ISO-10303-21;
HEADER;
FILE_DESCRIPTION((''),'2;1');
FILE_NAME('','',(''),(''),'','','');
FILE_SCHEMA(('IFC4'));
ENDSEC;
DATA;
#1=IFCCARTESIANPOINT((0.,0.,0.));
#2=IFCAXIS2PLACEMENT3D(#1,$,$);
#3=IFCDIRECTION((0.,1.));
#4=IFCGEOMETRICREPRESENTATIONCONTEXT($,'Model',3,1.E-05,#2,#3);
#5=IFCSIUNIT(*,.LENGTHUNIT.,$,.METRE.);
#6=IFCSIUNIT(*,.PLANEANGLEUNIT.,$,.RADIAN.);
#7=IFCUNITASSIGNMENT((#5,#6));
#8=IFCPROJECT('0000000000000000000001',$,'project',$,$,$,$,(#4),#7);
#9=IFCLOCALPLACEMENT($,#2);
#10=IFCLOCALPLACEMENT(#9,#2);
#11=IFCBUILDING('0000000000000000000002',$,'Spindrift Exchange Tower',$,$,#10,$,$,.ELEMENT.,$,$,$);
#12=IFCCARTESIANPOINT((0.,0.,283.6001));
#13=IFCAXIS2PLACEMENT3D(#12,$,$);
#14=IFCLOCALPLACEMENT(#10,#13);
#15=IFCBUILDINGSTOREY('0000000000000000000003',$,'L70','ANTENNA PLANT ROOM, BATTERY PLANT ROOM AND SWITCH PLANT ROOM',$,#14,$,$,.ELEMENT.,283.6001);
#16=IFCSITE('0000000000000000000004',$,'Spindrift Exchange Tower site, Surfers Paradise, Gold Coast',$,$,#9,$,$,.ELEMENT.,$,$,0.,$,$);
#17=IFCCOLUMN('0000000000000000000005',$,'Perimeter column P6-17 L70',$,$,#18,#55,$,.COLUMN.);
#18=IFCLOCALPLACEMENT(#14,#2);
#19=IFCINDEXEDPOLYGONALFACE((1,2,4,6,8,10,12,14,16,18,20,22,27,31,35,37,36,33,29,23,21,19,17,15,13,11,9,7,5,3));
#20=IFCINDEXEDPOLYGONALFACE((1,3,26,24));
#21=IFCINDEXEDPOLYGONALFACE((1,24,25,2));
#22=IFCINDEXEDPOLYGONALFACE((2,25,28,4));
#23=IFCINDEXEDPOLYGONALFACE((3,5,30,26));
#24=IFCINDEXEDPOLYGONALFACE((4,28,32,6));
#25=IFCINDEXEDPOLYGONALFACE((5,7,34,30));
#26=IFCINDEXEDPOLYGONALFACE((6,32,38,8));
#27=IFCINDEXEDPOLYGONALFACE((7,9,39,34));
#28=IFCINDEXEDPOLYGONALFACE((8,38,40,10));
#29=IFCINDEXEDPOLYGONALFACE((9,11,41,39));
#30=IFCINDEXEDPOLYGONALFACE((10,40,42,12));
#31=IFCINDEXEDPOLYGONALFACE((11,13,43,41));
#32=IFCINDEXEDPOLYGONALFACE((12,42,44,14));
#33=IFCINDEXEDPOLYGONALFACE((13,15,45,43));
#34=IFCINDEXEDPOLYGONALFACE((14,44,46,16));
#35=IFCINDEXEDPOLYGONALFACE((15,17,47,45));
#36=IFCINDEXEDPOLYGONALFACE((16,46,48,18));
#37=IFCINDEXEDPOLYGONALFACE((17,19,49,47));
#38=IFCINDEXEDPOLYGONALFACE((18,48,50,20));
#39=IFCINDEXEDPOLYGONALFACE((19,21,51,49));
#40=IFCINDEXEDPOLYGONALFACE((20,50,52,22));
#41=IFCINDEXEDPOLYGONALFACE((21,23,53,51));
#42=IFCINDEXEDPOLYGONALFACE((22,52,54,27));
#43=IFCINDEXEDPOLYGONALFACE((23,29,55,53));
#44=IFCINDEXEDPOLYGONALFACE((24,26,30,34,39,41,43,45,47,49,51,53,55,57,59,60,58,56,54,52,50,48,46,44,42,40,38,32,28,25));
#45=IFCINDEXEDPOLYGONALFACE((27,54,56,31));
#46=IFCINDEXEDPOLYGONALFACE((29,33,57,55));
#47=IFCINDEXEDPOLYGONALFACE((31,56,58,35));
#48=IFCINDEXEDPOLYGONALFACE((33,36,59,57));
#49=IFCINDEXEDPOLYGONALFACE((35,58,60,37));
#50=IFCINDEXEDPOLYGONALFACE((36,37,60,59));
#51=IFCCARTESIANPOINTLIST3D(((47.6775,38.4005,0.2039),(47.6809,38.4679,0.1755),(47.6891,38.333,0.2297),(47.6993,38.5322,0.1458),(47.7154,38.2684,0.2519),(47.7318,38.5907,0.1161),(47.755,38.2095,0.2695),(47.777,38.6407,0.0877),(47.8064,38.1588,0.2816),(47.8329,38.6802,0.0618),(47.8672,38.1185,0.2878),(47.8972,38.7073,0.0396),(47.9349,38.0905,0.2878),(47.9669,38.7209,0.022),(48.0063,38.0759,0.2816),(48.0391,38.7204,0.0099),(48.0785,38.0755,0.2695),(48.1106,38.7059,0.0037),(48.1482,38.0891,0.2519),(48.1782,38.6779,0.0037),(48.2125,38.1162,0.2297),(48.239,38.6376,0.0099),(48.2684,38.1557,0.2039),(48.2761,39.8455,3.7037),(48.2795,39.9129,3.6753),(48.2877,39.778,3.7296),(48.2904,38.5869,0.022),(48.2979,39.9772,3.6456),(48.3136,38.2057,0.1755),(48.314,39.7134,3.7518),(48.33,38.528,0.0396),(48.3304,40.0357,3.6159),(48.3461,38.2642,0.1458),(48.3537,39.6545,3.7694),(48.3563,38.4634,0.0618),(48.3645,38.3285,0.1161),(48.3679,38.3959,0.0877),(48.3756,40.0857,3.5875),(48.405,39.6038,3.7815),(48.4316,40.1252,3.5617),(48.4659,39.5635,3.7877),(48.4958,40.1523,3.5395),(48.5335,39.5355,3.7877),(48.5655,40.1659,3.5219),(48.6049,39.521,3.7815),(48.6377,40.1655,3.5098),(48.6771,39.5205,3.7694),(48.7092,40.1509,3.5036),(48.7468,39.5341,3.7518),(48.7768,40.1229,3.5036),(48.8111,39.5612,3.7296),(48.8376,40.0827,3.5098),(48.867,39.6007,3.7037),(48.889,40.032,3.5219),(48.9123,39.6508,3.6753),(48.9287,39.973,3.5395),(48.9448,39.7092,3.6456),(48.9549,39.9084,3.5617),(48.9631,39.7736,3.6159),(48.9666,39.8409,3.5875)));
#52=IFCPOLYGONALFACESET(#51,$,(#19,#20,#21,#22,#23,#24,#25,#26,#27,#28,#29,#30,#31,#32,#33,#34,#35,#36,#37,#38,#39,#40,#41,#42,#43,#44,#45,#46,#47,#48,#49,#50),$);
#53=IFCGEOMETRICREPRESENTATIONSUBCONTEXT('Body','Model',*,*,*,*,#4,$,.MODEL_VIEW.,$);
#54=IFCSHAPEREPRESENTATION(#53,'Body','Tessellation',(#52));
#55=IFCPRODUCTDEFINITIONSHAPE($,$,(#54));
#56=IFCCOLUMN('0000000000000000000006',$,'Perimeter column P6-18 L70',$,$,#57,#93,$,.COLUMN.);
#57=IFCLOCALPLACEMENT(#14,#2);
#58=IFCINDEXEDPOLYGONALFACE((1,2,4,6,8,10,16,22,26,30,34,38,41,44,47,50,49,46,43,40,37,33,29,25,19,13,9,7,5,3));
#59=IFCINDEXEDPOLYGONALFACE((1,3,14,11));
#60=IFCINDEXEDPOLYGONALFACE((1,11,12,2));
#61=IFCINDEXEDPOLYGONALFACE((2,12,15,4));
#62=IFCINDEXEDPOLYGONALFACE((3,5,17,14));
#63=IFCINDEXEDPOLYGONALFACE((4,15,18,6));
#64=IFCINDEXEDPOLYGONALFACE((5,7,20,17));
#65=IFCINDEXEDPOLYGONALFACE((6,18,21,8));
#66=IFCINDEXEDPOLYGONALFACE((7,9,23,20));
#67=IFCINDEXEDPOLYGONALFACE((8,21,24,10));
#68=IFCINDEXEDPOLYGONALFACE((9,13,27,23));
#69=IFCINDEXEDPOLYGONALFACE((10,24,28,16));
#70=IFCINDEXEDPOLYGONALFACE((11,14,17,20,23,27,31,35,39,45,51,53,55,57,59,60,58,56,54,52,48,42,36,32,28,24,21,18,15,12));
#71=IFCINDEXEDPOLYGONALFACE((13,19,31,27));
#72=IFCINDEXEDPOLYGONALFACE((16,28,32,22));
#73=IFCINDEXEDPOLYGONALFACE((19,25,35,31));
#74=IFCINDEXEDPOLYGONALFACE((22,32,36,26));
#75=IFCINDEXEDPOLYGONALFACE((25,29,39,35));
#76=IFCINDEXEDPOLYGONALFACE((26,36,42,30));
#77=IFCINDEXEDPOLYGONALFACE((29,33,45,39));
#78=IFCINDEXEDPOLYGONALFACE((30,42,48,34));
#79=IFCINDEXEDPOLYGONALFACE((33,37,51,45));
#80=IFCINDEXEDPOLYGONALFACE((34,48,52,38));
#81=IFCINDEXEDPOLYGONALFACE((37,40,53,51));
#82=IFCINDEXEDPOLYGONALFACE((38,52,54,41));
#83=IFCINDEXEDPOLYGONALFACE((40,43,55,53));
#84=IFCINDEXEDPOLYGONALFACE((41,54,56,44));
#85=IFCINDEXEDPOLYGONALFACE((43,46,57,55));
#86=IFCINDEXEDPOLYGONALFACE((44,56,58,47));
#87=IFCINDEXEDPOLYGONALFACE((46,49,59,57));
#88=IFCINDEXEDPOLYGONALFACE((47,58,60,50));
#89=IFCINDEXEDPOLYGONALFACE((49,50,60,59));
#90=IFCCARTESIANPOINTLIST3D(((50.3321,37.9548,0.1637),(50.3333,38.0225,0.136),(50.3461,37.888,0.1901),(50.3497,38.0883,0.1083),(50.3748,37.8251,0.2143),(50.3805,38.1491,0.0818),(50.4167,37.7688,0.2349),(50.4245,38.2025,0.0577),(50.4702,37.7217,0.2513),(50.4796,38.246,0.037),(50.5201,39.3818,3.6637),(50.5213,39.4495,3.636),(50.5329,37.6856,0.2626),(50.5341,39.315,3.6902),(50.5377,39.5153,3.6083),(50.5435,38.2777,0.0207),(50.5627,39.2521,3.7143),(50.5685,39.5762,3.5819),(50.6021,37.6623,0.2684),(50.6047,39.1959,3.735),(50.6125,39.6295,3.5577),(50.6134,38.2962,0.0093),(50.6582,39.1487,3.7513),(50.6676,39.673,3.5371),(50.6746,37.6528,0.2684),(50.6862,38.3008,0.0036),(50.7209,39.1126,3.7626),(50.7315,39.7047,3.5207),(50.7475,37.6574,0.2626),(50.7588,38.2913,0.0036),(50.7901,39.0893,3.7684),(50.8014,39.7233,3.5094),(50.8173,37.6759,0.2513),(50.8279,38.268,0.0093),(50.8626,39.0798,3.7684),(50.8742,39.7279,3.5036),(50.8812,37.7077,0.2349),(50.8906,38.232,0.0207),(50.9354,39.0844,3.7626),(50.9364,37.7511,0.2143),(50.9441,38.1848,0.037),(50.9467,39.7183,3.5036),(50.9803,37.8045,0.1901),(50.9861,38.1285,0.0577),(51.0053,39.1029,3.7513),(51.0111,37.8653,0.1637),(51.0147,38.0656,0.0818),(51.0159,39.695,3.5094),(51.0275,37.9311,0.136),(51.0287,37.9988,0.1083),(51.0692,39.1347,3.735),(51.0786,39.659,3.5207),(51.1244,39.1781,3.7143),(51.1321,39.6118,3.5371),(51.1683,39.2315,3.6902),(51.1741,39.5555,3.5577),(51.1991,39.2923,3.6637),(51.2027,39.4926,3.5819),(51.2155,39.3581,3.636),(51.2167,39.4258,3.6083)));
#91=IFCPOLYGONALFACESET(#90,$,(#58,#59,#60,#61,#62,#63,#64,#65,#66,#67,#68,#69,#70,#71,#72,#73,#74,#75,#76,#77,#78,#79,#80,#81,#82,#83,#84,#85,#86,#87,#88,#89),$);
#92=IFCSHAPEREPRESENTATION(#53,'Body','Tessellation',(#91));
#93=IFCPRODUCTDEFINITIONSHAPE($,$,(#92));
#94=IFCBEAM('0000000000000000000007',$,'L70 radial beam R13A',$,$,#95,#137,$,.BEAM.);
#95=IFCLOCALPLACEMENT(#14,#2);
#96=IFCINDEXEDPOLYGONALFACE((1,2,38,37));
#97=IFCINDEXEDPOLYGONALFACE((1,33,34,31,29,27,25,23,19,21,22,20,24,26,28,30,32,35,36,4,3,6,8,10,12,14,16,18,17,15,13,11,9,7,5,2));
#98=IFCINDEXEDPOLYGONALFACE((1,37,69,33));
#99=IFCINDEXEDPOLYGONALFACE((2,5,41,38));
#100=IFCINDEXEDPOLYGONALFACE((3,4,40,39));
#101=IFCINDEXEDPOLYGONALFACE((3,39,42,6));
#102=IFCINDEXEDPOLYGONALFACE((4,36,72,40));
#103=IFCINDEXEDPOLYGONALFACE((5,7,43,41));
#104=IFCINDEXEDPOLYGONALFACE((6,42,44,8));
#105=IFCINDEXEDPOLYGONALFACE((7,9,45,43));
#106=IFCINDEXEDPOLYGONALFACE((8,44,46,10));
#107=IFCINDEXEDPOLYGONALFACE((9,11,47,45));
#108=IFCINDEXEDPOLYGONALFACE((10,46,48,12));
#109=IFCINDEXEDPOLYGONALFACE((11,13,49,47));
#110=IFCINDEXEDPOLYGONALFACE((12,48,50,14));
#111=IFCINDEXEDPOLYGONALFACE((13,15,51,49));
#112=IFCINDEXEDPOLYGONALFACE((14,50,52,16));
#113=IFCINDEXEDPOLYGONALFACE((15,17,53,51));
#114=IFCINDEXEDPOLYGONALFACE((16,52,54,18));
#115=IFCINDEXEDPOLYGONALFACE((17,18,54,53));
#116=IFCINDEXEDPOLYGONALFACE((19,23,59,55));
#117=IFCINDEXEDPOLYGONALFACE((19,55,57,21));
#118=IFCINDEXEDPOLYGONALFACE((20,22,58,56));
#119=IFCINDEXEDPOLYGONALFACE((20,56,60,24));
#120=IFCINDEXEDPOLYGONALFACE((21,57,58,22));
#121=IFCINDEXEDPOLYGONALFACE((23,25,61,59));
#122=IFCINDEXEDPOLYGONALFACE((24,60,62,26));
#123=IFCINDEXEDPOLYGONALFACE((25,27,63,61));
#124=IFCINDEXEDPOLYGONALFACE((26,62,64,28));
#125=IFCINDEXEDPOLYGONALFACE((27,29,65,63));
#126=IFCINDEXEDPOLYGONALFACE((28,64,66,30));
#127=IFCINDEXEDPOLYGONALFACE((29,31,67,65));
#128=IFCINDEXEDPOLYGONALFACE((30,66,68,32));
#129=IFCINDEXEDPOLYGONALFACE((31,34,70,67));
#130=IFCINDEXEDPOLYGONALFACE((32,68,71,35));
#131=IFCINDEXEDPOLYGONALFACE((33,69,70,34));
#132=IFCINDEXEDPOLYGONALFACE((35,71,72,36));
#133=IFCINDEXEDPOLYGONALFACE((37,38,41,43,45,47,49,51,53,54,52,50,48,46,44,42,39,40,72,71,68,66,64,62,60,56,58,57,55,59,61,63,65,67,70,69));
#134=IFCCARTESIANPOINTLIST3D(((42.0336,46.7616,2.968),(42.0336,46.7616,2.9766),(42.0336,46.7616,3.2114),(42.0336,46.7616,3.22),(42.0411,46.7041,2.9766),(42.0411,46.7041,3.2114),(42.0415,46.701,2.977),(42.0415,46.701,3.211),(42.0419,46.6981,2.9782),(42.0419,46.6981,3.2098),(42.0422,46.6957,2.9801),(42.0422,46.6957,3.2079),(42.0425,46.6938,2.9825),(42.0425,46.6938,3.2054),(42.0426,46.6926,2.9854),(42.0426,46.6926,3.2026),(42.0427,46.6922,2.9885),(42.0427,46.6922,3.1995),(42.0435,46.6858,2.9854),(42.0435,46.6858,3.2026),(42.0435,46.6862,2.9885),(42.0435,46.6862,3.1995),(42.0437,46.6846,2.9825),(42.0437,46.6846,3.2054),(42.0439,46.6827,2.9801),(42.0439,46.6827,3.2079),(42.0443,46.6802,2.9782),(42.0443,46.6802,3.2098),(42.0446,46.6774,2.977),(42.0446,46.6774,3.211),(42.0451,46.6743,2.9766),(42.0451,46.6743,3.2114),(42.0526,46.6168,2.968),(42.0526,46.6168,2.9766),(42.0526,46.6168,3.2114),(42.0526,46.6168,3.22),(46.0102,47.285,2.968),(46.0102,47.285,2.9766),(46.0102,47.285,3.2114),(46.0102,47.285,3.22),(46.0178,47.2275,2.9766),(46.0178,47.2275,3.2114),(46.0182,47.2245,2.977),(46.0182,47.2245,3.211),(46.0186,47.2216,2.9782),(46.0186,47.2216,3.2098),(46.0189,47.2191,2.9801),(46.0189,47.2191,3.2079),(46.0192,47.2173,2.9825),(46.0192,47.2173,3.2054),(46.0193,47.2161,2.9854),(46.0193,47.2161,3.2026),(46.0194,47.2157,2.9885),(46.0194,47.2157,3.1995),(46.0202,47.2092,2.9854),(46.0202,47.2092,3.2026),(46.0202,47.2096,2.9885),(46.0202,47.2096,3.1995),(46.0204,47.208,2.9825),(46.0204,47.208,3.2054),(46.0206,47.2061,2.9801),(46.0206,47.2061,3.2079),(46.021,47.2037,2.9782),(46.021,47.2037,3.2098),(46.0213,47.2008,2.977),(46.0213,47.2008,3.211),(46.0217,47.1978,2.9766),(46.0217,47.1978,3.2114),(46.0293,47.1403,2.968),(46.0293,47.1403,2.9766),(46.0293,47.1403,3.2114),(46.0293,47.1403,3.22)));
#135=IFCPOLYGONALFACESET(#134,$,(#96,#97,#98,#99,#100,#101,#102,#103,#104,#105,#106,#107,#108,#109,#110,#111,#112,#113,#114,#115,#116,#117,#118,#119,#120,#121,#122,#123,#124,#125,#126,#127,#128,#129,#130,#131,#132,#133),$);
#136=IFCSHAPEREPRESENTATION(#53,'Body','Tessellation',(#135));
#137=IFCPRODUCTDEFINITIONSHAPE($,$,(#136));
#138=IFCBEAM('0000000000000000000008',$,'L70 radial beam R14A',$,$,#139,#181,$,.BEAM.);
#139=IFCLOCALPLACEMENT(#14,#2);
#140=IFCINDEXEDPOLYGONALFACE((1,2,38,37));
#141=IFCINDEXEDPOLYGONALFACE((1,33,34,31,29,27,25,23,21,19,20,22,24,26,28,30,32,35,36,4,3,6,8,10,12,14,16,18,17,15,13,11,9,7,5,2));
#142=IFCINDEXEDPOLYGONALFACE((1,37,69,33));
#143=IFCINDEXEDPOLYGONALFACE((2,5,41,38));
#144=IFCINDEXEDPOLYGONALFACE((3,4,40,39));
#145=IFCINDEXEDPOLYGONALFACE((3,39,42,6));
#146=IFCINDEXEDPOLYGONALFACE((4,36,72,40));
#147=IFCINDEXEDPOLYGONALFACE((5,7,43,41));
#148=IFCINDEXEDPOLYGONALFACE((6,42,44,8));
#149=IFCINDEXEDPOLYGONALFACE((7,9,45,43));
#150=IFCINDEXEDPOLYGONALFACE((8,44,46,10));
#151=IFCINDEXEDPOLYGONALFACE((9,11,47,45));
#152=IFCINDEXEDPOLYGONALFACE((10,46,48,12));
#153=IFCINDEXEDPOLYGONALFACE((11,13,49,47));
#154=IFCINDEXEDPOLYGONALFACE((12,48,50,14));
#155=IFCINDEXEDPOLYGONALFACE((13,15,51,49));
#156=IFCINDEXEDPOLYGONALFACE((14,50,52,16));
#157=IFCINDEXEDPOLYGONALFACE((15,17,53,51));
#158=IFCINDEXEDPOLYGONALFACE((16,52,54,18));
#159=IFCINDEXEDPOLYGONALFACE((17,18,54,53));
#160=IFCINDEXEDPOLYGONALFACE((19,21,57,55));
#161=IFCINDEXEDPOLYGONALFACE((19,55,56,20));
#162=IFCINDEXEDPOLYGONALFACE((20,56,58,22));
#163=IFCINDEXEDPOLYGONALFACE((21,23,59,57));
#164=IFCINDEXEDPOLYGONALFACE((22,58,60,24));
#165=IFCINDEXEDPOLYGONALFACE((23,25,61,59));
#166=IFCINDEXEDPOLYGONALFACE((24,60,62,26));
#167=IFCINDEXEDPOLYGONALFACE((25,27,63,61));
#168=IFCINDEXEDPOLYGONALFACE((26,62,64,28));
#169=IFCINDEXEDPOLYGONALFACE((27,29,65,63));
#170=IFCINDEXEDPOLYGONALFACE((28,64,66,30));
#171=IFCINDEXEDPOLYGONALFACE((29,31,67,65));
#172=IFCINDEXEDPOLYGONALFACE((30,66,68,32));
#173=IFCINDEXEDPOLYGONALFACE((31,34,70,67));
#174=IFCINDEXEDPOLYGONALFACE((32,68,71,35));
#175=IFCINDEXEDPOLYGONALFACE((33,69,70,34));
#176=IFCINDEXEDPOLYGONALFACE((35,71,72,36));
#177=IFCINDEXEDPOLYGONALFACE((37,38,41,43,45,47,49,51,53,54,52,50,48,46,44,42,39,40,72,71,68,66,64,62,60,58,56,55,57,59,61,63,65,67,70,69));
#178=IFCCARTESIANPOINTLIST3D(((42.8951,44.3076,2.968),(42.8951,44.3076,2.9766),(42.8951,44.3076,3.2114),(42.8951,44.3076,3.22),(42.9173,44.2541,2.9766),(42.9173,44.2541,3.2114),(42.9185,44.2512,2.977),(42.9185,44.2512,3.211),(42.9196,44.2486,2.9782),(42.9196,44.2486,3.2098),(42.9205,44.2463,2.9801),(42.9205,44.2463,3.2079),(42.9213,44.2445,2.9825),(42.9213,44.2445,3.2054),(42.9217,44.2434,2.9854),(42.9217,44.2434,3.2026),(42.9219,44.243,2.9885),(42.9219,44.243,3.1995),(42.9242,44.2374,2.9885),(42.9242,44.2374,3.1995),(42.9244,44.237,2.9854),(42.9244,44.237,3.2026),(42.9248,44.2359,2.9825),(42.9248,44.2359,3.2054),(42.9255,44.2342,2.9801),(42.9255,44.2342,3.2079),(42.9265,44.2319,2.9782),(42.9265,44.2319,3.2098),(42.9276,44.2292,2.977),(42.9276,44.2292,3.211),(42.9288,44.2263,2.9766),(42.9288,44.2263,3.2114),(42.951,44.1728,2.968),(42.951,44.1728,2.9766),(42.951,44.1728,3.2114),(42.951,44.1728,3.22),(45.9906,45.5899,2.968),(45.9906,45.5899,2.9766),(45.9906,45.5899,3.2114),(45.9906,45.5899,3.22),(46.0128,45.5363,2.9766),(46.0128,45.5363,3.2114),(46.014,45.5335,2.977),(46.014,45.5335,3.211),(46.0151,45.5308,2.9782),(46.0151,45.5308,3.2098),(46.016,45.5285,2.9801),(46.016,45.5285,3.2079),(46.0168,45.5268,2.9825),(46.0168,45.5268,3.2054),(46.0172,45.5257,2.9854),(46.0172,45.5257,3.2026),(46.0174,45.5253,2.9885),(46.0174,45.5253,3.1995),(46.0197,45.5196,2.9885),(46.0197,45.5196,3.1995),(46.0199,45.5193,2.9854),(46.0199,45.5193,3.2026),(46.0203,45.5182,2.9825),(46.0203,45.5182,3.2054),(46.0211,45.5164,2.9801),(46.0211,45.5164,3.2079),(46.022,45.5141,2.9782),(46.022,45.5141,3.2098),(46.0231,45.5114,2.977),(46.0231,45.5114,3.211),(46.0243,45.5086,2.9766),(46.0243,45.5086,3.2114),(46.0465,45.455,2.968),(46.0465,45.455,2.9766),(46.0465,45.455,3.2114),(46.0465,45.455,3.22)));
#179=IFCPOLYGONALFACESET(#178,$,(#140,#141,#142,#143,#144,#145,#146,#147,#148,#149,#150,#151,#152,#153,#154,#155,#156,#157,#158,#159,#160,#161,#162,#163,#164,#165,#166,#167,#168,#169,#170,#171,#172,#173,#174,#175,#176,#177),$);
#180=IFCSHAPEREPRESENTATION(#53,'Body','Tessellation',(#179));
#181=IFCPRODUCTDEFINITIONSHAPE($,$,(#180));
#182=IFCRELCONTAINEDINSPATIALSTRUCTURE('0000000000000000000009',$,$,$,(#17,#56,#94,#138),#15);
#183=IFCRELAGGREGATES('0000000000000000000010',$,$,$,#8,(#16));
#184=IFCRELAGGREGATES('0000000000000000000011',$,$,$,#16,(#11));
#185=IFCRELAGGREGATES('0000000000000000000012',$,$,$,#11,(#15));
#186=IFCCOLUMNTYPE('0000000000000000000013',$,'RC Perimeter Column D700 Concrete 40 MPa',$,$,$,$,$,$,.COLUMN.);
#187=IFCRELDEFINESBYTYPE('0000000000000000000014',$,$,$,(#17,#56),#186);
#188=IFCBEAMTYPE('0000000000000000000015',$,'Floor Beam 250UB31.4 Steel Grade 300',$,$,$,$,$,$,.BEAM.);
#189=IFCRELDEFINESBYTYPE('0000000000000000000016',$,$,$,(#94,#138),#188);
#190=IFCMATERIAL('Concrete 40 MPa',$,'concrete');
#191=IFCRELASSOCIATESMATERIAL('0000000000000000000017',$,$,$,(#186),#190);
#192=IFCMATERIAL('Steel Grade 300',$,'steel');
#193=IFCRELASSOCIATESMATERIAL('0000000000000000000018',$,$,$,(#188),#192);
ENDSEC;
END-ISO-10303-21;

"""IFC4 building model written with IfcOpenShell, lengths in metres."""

from ifc_helpers import new_model, si_unit, direction, frame, origin, origin_2d, place, context, subcontext, project, spatial, circle, i_section, extrude, source, transform, mapped, material, material_profile, profile_set, type_object, element, save


model = new_model("IFC4")

# Units and contexts
model_context = context("Model", 3, precision=1e-05, world=origin(), true_north=direction((0.0, 1.0)))
body_context = subcontext(model_context, "Body", "Model", "MODEL_VIEW")
ifc_project = project(units=[si_unit("LENGTHUNIT", "METRE"), si_unit("PLANEANGLEUNIT", "RADIAN")], contexts=[model_context])

# Site, building, storey
site_placement = place(None, origin())
site = spatial("IfcSite", under=ifc_project, at=site_placement, Name="Spindrift Exchange Tower site, Surfers Paradise, Gold Coast", CompositionType="ELEMENT", RefElevation=0.0)
building_placement = place(site_placement, origin())
building = spatial("IfcBuilding", under=site, at=building_placement, Name="Spindrift Exchange Tower", CompositionType="ELEMENT")
storey_placement = place(building_placement, frame((0.0, 0.0, 283.6001)))
storey = spatial("IfcBuildingStorey", under=building, at=storey_placement, Name="L70", Description="ANTENNA PLANT ROOM, BATTERY PLANT ROOM AND SWITCH PLANT ROOM", CompositionType="ELEMENT", Elevation=283.6001)

# Columns
ifc_material_1 = material(Name="Concrete 40 MPa", Category="concrete")
ifc_material_profile_1 = material_profile(ifc_material_1, circle(Radius=0.3501, at=origin_2d()), Name="RC D700")
ifc_profile_set_1 = profile_set([ifc_material_profile_1], Name="Concrete 40 MPa")
column_type = type_object("IfcColumnType", Name="RC Perimeter Column D700 Concrete 40 MPa", PredefinedType="COLUMN", material=ifc_profile_set_1)
shared_shape_1 = source(origin(), body_context, "Body", "SweptSolid", [
    extrude(circle(Radius=0.3501, at=origin_2d()), origin(), (0.0, 0.0, 1.0), 3.8335),
])
column_1_placement = place(storey_placement, frame((48.0227, 38.3982, 0.1458), z_axis=(0.156154, 0.376947, 0.912977), x_axis=(-0.923865, 0.382719, 0.0)))
element("IfcColumn", 1, at=column_1_placement, inside=storey, type_object=column_type, Name="Perimeter column P6-17 L70", PredefinedType="COLUMN", context=body_context, shape_type="MappedRepresentation", body=[
    mapped(shared_shape_1, transform((0.0, 0.0, 0.0), scale=1.0)),
])
shared_shape_2 = source(origin(), body_context, "Body", "SweptSolid", [
    extrude(circle(Radius=0.3501, at=origin_2d()), origin(), (0.0, 0.0, 1.0), 3.7844),
])
column_2_placement = place(storey_placement, frame((50.6804, 37.9768, 0.136), z_axis=(0.049675, 0.377075, 0.92485), x_axis=(-0.991434, 0.130608, 0.0)))
element("IfcColumn", 2, at=column_2_placement, inside=storey, type_object=column_type, Name="Perimeter column P6-18 L70", PredefinedType="COLUMN", context=body_context, shape_type="MappedRepresentation", body=[
    mapped(shared_shape_2, transform((0.0, 0.0, 0.0), scale=1.0)),
])

# Beams
ifc_material_2 = material(Name="Steel Grade 300", Category="steel")
ifc_material_profile_2 = material_profile(ifc_material_2, i_section(OverallWidth=0.146, OverallDepth=0.252, WebThickness=0.0061, FlangeThickness=0.0085, FilletRadius=0.012, at=origin_2d()), Name="250UB31.4")
ifc_profile_set_2 = profile_set([ifc_material_profile_2], Name="Steel Grade 300")
beam_type_1 = type_object("IfcBeamType", Name="Floor Beam 250UB31.4 Steel Grade 300", PredefinedType="BEAM", material=ifc_profile_set_2)
shared_shape_3 = source(origin(), body_context, "Body", "SweptSolid", [
    extrude(i_section(OverallWidth=0.146, OverallDepth=0.252, WebThickness=0.0061, FlangeThickness=0.0085, FilletRadius=0.012, at=origin_2d()), origin(), (0.0, 0.0, 1.0), 4.011),
])
beam_1_placement = place(storey_placement, frame((46.0198, 47.2126, 3.094), z_axis=(-0.991448, -0.130505, 0.0), x_axis=(0.130505, -0.991448, 0.0)))
element("IfcBeam", 3, at=beam_1_placement, inside=storey, type_object=beam_type_1, Name="L70 radial beam R13A", PredefinedType="BEAM", context=body_context, shape_type="MappedRepresentation", body=[
    mapped(shared_shape_3, transform((0.0, 0.0, 0.0), scale=1.0)),
])
shared_shape_4 = source(origin(), body_context, "Body", "SweptSolid", [
    extrude(i_section(OverallWidth=0.146, OverallDepth=0.252, WebThickness=0.0061, FlangeThickness=0.0085, FilletRadius=0.012, at=origin_2d()), origin(), (0.0, 0.0, 1.0), 3.3506),
])
beam_2_placement = place(storey_placement, frame((46.0186, 45.5225, 3.094), z_axis=(-0.923875, -0.382695, 0.0), x_axis=(0.382695, -0.923875, 0.0)))
element("IfcBeam", 4, at=beam_2_placement, inside=storey, type_object=beam_type_1, Name="L70 radial beam R14A", PredefinedType="BEAM", context=body_context, shape_type="MappedRepresentation", body=[
    mapped(shared_shape_4, transform((0.0, 0.0, 0.0), scale=1.0)),
])

save(model, "model.ifc")
